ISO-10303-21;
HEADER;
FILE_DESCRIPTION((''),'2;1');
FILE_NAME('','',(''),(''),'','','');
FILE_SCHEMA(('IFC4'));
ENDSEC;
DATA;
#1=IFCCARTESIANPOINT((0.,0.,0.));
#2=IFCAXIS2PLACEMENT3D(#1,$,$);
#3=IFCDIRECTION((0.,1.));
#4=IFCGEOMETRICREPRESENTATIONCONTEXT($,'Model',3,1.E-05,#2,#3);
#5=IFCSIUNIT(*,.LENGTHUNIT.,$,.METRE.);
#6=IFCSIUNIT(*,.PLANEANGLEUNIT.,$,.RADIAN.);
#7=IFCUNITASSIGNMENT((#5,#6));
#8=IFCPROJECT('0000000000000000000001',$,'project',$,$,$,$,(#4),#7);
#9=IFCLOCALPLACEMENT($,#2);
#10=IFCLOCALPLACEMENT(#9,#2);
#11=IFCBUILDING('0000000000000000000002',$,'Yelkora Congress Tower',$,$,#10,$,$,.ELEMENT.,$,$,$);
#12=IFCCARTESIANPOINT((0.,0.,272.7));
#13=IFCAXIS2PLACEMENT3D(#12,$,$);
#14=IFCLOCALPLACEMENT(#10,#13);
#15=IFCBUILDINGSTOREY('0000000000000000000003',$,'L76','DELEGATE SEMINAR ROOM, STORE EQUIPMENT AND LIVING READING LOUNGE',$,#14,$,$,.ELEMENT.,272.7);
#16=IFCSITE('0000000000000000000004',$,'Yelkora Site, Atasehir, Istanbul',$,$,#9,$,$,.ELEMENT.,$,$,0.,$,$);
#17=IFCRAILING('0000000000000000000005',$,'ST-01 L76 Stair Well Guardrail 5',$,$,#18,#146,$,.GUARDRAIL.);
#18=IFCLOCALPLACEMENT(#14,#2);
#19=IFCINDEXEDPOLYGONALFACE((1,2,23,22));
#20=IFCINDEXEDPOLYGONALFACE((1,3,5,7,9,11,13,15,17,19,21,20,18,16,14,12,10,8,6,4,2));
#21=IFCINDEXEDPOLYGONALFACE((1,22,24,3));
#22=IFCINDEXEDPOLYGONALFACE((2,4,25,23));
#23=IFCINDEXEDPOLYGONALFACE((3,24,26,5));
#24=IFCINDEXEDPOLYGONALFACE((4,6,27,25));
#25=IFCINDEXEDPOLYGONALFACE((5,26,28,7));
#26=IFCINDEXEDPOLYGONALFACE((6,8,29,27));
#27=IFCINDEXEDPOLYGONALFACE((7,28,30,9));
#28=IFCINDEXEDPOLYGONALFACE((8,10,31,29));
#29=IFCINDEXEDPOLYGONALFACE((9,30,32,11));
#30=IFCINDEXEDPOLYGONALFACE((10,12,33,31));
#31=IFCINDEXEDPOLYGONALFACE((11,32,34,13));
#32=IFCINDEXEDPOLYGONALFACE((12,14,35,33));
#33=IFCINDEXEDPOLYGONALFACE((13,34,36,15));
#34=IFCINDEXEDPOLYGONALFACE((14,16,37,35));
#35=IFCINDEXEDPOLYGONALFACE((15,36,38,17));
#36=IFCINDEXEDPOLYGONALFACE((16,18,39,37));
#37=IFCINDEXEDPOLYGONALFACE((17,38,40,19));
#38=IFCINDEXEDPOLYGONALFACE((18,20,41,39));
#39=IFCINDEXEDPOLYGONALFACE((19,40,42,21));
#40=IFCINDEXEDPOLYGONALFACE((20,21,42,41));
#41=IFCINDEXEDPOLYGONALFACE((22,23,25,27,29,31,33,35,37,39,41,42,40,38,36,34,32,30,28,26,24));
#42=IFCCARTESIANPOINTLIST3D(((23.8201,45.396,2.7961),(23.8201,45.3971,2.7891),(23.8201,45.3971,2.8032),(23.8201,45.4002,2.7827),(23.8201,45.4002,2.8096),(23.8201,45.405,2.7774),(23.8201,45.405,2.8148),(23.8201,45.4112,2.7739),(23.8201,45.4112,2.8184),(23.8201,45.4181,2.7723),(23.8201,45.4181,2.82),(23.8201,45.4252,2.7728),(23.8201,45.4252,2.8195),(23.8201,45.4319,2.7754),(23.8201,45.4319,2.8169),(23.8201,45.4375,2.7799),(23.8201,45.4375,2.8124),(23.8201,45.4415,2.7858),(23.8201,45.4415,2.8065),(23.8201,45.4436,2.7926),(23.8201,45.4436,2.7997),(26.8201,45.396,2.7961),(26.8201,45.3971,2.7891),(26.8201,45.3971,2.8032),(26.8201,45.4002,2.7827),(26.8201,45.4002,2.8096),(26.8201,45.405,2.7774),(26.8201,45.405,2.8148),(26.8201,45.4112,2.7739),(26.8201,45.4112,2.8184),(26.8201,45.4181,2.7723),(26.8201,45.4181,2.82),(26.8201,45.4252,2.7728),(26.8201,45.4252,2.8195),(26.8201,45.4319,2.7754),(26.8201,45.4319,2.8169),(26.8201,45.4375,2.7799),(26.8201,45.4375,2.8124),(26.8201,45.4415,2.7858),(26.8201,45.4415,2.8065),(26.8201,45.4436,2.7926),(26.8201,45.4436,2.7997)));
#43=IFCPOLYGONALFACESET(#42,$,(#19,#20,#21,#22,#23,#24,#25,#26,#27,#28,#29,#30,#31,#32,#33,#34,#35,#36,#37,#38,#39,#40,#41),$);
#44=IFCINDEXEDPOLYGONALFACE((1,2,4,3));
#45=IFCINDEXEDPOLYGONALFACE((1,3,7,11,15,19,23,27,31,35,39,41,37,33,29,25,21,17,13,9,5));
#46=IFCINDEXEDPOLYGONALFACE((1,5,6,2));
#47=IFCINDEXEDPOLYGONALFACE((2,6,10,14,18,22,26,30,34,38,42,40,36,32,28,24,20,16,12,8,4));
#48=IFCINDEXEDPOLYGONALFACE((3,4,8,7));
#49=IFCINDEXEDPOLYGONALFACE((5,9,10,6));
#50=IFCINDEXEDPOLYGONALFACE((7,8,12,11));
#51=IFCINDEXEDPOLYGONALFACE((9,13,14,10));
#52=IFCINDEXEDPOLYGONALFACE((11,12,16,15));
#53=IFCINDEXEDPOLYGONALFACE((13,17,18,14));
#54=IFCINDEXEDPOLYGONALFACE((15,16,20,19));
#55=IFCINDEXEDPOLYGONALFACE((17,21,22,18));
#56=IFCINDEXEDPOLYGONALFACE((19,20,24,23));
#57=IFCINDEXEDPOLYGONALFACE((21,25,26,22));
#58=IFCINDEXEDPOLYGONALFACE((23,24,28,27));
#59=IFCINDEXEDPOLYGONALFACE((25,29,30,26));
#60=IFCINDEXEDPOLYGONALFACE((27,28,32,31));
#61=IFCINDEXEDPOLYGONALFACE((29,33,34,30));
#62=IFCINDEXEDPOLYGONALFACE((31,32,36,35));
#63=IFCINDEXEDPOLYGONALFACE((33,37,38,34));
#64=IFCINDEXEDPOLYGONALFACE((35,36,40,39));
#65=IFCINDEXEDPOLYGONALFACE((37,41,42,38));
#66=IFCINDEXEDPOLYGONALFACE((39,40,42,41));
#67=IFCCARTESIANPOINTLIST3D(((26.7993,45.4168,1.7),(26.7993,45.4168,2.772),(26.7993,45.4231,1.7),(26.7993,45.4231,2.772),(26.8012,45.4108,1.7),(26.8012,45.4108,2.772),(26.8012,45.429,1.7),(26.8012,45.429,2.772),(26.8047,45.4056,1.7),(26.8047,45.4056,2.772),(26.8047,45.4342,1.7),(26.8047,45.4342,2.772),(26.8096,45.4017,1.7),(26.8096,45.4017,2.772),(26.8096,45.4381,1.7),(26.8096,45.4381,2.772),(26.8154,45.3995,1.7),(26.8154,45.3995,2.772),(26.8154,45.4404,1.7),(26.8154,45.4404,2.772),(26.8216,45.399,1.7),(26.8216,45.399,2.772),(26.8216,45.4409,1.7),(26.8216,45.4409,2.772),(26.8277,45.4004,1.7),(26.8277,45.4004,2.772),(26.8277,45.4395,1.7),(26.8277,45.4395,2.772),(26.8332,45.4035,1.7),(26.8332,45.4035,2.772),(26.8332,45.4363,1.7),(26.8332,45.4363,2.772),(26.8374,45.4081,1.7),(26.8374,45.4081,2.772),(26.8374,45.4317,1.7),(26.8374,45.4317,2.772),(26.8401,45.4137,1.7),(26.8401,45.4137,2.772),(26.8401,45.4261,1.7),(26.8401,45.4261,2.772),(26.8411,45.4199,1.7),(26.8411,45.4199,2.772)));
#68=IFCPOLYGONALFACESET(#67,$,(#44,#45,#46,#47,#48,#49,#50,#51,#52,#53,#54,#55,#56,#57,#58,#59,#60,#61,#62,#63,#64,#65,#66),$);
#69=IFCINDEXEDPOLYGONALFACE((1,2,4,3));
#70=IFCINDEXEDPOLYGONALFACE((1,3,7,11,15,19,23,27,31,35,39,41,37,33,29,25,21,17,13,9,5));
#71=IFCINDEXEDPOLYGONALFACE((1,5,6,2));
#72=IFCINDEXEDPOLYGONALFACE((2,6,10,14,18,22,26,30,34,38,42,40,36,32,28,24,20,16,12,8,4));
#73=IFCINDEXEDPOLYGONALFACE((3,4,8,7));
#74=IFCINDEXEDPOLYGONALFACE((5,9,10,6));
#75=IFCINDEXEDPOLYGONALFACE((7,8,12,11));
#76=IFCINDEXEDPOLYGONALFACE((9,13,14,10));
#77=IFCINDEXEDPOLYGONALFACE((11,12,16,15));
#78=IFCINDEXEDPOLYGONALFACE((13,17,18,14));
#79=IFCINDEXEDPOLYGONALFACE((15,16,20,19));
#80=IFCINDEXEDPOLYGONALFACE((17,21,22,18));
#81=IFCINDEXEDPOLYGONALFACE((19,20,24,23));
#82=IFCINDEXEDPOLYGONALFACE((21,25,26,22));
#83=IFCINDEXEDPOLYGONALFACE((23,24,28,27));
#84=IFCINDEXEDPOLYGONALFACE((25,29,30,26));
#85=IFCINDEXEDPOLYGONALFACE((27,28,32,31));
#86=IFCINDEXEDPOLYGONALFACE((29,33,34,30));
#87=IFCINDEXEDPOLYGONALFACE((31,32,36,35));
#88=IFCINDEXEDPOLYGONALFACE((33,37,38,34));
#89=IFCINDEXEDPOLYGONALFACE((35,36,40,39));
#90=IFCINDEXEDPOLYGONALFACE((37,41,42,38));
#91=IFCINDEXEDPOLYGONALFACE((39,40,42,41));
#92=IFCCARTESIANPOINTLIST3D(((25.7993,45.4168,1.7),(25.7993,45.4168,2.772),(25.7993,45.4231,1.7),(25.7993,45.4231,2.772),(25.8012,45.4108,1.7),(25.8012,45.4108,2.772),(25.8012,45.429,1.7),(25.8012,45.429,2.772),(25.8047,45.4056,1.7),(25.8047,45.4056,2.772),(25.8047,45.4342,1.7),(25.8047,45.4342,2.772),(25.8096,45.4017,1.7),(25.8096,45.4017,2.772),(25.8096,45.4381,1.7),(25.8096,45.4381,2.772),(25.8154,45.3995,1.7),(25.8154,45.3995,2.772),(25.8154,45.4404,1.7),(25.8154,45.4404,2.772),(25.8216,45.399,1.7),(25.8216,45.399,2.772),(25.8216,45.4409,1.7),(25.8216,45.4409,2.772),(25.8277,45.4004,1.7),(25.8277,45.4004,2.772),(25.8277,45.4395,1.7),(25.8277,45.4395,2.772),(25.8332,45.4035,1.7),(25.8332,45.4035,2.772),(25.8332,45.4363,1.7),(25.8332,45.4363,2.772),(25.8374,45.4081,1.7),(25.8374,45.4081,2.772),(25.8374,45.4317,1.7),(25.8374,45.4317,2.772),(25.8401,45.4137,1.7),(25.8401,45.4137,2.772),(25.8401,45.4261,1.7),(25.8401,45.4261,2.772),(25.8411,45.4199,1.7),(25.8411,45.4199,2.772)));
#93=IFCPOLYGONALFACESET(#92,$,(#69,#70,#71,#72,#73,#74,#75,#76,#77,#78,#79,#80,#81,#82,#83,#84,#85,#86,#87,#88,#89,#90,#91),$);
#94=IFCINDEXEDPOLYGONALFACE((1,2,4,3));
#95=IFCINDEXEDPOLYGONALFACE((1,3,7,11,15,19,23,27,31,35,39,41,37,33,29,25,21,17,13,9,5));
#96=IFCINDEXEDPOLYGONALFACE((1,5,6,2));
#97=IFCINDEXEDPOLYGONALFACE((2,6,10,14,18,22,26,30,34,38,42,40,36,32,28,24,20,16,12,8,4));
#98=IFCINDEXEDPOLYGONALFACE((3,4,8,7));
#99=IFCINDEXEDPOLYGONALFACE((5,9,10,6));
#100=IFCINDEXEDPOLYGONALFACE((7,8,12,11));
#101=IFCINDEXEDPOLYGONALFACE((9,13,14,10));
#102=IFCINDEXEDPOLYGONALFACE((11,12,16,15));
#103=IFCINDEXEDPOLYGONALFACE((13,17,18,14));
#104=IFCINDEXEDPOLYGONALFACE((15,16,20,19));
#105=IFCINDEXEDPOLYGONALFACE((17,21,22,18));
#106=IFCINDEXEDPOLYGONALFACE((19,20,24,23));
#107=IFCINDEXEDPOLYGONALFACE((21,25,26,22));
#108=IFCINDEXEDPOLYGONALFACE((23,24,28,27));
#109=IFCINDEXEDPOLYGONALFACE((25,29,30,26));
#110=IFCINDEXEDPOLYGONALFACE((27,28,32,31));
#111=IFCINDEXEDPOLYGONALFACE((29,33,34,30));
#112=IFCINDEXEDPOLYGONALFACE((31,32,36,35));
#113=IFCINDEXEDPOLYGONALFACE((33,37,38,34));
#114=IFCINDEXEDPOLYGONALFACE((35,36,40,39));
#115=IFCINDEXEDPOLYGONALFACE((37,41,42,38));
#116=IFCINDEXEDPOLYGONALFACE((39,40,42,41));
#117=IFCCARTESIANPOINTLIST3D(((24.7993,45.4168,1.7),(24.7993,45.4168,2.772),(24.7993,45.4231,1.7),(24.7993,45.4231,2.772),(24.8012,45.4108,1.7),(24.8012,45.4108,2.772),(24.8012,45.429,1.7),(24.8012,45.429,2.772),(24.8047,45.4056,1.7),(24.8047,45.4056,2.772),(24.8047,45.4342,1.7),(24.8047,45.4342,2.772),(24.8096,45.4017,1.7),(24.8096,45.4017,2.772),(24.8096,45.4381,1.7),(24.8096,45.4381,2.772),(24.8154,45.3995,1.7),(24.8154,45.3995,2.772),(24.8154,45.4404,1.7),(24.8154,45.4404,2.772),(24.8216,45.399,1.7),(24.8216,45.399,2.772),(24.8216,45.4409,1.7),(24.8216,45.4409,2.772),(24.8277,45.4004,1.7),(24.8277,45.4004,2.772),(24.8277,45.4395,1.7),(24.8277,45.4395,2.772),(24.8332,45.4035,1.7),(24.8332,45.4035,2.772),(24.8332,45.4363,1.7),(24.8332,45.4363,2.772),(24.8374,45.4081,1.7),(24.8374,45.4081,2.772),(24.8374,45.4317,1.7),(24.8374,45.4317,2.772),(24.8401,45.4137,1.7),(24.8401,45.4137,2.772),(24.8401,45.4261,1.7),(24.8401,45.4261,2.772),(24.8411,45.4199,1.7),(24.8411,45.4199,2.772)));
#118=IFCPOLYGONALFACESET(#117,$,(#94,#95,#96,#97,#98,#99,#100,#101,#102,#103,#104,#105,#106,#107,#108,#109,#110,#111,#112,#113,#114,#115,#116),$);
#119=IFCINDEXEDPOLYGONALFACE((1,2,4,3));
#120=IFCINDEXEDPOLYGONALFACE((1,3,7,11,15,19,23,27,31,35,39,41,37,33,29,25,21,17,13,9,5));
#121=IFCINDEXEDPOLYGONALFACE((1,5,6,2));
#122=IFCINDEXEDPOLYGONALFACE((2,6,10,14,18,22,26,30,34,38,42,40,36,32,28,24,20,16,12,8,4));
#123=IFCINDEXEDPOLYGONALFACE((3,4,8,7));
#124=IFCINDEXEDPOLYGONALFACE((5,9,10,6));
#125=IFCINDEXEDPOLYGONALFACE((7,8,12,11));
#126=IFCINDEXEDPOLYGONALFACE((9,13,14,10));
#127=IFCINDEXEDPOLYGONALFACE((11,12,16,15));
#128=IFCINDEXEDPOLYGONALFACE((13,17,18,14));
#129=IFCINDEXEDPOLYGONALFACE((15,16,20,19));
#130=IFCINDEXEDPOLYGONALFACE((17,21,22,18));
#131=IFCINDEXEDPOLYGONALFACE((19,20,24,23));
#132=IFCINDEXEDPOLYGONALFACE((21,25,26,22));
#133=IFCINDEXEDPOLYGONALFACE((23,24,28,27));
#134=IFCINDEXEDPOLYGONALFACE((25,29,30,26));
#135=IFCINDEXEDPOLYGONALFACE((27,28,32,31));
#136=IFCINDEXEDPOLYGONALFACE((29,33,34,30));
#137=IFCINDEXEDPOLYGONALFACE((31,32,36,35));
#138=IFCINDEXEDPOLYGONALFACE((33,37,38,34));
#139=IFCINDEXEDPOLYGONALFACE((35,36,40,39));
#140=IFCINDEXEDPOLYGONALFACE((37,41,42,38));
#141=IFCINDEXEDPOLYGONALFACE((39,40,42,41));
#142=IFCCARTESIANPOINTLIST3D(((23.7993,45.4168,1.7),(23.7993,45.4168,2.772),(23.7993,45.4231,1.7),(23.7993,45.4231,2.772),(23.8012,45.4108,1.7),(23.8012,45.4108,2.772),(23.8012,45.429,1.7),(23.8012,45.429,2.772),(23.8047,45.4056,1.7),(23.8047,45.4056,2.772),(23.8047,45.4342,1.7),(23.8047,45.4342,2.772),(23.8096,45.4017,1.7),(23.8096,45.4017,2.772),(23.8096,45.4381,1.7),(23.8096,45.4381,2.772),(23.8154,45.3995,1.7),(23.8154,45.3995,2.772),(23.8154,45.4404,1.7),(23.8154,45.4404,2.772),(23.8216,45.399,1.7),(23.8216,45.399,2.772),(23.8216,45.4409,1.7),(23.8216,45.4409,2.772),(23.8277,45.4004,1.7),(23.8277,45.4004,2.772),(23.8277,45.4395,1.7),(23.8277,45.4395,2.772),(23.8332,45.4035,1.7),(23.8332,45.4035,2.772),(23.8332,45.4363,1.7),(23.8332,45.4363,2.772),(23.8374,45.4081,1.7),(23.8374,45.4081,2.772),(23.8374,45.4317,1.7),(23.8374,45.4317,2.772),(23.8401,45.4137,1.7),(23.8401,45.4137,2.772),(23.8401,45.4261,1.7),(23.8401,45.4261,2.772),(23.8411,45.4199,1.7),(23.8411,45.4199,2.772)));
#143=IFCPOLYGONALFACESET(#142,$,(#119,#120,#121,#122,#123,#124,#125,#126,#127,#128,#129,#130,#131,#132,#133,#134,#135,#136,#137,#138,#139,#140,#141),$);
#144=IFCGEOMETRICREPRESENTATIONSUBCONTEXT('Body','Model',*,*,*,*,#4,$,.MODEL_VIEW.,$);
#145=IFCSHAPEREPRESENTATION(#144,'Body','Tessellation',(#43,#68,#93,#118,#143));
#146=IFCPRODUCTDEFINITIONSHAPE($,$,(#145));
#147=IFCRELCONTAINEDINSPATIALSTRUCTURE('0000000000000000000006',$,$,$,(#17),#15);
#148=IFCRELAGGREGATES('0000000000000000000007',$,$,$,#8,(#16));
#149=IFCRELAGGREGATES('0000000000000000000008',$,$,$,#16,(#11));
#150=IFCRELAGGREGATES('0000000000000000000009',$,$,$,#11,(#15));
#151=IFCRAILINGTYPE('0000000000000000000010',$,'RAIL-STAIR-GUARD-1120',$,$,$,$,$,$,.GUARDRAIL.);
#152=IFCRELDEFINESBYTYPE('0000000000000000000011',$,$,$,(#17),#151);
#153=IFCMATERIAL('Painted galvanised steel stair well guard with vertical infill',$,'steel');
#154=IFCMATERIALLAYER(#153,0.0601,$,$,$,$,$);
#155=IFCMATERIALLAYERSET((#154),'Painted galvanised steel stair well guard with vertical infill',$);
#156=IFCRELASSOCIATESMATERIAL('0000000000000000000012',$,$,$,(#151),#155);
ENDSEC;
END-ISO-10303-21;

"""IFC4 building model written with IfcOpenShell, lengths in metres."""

from ifc_helpers import new_model, si_unit, direction, frame, origin, origin_2d, place, context, subcontext, project, spatial, circle, extrude, material, layer, layer_set, type_object, element, save


model = new_model("IFC4")

# Units and contexts
model_context = context("Model", 3, precision=1e-05, world=origin(), true_north=direction((0.0, 1.0)))
body_context = subcontext(model_context, "Body", "Model", "MODEL_VIEW")
ifc_project = project(units=[si_unit("LENGTHUNIT", "METRE"), si_unit("PLANEANGLEUNIT", "RADIAN")], contexts=[model_context])

# Site, building, storey
site_placement = place(None, origin())
site = spatial("IfcSite", under=ifc_project, at=site_placement, Name="Yelkora Site, Atasehir, Istanbul", CompositionType="ELEMENT", RefElevation=0.0)
building_placement = place(site_placement, origin())
building = spatial("IfcBuilding", under=site, at=building_placement, Name="Yelkora Congress Tower", CompositionType="ELEMENT")
storey_placement = place(building_placement, frame((0.0, 0.0, 272.7)))
storey = spatial("IfcBuildingStorey", under=building, at=storey_placement, Name="L76", Description="DELEGATE SEMINAR ROOM, STORE EQUIPMENT AND LIVING READING LOUNGE", CompositionType="ELEMENT", Elevation=272.7)

# Railing
ifc_material_1 = material(Name="Painted galvanised steel stair well guard with vertical infill", Category="steel")
ifc_layer_1 = layer(ifc_material_1, 0.0601)
ifc_layer_set_1 = layer_set([ifc_layer_1], Name="Painted galvanised steel stair well guard with vertical infill")
railing_type = type_object("IfcRailingType", Name="RAIL-STAIR-GUARD-1120", PredefinedType="GUARDRAIL", material=ifc_layer_set_1)
railing_1_placement = place(storey_placement, frame((26.8201, 45.4199, 1.7)))
element("IfcRailing", 1, at=railing_1_placement, inside=storey, type_object=railing_type, Name="ST-01 L76 Stair Well Guardrail 5", PredefinedType="GUARDRAIL", context=body_context, shape_type="SweptSolid", body=[
    extrude(circle(Radius=0.0239, at=origin_2d()), frame((0.0, 0.0, 1.0962), z_axis=(-1.0, 0.0, 0.0), x_axis=(0.0, -1.0, 0.0)), (0.0, 0.0, 1.0), 3.0),
    extrude(circle(Radius=0.021, at=origin_2d()), origin(), (0.0, 0.0, 1.0), 1.072),
    extrude(circle(Radius=0.021, at=origin_2d()), frame((-1.0, 0.0, 0.0)), (0.0, 0.0, 1.0), 1.072),
    extrude(circle(Radius=0.021, at=origin_2d()), frame((-2.0, 0.0, 0.0)), (0.0, 0.0, 1.0), 1.072),
    extrude(circle(Radius=0.021, at=origin_2d()), frame((-3.0, 0.0, 0.0)), (0.0, 0.0, 1.0), 1.072),
])

save(model, "model.ifc")
